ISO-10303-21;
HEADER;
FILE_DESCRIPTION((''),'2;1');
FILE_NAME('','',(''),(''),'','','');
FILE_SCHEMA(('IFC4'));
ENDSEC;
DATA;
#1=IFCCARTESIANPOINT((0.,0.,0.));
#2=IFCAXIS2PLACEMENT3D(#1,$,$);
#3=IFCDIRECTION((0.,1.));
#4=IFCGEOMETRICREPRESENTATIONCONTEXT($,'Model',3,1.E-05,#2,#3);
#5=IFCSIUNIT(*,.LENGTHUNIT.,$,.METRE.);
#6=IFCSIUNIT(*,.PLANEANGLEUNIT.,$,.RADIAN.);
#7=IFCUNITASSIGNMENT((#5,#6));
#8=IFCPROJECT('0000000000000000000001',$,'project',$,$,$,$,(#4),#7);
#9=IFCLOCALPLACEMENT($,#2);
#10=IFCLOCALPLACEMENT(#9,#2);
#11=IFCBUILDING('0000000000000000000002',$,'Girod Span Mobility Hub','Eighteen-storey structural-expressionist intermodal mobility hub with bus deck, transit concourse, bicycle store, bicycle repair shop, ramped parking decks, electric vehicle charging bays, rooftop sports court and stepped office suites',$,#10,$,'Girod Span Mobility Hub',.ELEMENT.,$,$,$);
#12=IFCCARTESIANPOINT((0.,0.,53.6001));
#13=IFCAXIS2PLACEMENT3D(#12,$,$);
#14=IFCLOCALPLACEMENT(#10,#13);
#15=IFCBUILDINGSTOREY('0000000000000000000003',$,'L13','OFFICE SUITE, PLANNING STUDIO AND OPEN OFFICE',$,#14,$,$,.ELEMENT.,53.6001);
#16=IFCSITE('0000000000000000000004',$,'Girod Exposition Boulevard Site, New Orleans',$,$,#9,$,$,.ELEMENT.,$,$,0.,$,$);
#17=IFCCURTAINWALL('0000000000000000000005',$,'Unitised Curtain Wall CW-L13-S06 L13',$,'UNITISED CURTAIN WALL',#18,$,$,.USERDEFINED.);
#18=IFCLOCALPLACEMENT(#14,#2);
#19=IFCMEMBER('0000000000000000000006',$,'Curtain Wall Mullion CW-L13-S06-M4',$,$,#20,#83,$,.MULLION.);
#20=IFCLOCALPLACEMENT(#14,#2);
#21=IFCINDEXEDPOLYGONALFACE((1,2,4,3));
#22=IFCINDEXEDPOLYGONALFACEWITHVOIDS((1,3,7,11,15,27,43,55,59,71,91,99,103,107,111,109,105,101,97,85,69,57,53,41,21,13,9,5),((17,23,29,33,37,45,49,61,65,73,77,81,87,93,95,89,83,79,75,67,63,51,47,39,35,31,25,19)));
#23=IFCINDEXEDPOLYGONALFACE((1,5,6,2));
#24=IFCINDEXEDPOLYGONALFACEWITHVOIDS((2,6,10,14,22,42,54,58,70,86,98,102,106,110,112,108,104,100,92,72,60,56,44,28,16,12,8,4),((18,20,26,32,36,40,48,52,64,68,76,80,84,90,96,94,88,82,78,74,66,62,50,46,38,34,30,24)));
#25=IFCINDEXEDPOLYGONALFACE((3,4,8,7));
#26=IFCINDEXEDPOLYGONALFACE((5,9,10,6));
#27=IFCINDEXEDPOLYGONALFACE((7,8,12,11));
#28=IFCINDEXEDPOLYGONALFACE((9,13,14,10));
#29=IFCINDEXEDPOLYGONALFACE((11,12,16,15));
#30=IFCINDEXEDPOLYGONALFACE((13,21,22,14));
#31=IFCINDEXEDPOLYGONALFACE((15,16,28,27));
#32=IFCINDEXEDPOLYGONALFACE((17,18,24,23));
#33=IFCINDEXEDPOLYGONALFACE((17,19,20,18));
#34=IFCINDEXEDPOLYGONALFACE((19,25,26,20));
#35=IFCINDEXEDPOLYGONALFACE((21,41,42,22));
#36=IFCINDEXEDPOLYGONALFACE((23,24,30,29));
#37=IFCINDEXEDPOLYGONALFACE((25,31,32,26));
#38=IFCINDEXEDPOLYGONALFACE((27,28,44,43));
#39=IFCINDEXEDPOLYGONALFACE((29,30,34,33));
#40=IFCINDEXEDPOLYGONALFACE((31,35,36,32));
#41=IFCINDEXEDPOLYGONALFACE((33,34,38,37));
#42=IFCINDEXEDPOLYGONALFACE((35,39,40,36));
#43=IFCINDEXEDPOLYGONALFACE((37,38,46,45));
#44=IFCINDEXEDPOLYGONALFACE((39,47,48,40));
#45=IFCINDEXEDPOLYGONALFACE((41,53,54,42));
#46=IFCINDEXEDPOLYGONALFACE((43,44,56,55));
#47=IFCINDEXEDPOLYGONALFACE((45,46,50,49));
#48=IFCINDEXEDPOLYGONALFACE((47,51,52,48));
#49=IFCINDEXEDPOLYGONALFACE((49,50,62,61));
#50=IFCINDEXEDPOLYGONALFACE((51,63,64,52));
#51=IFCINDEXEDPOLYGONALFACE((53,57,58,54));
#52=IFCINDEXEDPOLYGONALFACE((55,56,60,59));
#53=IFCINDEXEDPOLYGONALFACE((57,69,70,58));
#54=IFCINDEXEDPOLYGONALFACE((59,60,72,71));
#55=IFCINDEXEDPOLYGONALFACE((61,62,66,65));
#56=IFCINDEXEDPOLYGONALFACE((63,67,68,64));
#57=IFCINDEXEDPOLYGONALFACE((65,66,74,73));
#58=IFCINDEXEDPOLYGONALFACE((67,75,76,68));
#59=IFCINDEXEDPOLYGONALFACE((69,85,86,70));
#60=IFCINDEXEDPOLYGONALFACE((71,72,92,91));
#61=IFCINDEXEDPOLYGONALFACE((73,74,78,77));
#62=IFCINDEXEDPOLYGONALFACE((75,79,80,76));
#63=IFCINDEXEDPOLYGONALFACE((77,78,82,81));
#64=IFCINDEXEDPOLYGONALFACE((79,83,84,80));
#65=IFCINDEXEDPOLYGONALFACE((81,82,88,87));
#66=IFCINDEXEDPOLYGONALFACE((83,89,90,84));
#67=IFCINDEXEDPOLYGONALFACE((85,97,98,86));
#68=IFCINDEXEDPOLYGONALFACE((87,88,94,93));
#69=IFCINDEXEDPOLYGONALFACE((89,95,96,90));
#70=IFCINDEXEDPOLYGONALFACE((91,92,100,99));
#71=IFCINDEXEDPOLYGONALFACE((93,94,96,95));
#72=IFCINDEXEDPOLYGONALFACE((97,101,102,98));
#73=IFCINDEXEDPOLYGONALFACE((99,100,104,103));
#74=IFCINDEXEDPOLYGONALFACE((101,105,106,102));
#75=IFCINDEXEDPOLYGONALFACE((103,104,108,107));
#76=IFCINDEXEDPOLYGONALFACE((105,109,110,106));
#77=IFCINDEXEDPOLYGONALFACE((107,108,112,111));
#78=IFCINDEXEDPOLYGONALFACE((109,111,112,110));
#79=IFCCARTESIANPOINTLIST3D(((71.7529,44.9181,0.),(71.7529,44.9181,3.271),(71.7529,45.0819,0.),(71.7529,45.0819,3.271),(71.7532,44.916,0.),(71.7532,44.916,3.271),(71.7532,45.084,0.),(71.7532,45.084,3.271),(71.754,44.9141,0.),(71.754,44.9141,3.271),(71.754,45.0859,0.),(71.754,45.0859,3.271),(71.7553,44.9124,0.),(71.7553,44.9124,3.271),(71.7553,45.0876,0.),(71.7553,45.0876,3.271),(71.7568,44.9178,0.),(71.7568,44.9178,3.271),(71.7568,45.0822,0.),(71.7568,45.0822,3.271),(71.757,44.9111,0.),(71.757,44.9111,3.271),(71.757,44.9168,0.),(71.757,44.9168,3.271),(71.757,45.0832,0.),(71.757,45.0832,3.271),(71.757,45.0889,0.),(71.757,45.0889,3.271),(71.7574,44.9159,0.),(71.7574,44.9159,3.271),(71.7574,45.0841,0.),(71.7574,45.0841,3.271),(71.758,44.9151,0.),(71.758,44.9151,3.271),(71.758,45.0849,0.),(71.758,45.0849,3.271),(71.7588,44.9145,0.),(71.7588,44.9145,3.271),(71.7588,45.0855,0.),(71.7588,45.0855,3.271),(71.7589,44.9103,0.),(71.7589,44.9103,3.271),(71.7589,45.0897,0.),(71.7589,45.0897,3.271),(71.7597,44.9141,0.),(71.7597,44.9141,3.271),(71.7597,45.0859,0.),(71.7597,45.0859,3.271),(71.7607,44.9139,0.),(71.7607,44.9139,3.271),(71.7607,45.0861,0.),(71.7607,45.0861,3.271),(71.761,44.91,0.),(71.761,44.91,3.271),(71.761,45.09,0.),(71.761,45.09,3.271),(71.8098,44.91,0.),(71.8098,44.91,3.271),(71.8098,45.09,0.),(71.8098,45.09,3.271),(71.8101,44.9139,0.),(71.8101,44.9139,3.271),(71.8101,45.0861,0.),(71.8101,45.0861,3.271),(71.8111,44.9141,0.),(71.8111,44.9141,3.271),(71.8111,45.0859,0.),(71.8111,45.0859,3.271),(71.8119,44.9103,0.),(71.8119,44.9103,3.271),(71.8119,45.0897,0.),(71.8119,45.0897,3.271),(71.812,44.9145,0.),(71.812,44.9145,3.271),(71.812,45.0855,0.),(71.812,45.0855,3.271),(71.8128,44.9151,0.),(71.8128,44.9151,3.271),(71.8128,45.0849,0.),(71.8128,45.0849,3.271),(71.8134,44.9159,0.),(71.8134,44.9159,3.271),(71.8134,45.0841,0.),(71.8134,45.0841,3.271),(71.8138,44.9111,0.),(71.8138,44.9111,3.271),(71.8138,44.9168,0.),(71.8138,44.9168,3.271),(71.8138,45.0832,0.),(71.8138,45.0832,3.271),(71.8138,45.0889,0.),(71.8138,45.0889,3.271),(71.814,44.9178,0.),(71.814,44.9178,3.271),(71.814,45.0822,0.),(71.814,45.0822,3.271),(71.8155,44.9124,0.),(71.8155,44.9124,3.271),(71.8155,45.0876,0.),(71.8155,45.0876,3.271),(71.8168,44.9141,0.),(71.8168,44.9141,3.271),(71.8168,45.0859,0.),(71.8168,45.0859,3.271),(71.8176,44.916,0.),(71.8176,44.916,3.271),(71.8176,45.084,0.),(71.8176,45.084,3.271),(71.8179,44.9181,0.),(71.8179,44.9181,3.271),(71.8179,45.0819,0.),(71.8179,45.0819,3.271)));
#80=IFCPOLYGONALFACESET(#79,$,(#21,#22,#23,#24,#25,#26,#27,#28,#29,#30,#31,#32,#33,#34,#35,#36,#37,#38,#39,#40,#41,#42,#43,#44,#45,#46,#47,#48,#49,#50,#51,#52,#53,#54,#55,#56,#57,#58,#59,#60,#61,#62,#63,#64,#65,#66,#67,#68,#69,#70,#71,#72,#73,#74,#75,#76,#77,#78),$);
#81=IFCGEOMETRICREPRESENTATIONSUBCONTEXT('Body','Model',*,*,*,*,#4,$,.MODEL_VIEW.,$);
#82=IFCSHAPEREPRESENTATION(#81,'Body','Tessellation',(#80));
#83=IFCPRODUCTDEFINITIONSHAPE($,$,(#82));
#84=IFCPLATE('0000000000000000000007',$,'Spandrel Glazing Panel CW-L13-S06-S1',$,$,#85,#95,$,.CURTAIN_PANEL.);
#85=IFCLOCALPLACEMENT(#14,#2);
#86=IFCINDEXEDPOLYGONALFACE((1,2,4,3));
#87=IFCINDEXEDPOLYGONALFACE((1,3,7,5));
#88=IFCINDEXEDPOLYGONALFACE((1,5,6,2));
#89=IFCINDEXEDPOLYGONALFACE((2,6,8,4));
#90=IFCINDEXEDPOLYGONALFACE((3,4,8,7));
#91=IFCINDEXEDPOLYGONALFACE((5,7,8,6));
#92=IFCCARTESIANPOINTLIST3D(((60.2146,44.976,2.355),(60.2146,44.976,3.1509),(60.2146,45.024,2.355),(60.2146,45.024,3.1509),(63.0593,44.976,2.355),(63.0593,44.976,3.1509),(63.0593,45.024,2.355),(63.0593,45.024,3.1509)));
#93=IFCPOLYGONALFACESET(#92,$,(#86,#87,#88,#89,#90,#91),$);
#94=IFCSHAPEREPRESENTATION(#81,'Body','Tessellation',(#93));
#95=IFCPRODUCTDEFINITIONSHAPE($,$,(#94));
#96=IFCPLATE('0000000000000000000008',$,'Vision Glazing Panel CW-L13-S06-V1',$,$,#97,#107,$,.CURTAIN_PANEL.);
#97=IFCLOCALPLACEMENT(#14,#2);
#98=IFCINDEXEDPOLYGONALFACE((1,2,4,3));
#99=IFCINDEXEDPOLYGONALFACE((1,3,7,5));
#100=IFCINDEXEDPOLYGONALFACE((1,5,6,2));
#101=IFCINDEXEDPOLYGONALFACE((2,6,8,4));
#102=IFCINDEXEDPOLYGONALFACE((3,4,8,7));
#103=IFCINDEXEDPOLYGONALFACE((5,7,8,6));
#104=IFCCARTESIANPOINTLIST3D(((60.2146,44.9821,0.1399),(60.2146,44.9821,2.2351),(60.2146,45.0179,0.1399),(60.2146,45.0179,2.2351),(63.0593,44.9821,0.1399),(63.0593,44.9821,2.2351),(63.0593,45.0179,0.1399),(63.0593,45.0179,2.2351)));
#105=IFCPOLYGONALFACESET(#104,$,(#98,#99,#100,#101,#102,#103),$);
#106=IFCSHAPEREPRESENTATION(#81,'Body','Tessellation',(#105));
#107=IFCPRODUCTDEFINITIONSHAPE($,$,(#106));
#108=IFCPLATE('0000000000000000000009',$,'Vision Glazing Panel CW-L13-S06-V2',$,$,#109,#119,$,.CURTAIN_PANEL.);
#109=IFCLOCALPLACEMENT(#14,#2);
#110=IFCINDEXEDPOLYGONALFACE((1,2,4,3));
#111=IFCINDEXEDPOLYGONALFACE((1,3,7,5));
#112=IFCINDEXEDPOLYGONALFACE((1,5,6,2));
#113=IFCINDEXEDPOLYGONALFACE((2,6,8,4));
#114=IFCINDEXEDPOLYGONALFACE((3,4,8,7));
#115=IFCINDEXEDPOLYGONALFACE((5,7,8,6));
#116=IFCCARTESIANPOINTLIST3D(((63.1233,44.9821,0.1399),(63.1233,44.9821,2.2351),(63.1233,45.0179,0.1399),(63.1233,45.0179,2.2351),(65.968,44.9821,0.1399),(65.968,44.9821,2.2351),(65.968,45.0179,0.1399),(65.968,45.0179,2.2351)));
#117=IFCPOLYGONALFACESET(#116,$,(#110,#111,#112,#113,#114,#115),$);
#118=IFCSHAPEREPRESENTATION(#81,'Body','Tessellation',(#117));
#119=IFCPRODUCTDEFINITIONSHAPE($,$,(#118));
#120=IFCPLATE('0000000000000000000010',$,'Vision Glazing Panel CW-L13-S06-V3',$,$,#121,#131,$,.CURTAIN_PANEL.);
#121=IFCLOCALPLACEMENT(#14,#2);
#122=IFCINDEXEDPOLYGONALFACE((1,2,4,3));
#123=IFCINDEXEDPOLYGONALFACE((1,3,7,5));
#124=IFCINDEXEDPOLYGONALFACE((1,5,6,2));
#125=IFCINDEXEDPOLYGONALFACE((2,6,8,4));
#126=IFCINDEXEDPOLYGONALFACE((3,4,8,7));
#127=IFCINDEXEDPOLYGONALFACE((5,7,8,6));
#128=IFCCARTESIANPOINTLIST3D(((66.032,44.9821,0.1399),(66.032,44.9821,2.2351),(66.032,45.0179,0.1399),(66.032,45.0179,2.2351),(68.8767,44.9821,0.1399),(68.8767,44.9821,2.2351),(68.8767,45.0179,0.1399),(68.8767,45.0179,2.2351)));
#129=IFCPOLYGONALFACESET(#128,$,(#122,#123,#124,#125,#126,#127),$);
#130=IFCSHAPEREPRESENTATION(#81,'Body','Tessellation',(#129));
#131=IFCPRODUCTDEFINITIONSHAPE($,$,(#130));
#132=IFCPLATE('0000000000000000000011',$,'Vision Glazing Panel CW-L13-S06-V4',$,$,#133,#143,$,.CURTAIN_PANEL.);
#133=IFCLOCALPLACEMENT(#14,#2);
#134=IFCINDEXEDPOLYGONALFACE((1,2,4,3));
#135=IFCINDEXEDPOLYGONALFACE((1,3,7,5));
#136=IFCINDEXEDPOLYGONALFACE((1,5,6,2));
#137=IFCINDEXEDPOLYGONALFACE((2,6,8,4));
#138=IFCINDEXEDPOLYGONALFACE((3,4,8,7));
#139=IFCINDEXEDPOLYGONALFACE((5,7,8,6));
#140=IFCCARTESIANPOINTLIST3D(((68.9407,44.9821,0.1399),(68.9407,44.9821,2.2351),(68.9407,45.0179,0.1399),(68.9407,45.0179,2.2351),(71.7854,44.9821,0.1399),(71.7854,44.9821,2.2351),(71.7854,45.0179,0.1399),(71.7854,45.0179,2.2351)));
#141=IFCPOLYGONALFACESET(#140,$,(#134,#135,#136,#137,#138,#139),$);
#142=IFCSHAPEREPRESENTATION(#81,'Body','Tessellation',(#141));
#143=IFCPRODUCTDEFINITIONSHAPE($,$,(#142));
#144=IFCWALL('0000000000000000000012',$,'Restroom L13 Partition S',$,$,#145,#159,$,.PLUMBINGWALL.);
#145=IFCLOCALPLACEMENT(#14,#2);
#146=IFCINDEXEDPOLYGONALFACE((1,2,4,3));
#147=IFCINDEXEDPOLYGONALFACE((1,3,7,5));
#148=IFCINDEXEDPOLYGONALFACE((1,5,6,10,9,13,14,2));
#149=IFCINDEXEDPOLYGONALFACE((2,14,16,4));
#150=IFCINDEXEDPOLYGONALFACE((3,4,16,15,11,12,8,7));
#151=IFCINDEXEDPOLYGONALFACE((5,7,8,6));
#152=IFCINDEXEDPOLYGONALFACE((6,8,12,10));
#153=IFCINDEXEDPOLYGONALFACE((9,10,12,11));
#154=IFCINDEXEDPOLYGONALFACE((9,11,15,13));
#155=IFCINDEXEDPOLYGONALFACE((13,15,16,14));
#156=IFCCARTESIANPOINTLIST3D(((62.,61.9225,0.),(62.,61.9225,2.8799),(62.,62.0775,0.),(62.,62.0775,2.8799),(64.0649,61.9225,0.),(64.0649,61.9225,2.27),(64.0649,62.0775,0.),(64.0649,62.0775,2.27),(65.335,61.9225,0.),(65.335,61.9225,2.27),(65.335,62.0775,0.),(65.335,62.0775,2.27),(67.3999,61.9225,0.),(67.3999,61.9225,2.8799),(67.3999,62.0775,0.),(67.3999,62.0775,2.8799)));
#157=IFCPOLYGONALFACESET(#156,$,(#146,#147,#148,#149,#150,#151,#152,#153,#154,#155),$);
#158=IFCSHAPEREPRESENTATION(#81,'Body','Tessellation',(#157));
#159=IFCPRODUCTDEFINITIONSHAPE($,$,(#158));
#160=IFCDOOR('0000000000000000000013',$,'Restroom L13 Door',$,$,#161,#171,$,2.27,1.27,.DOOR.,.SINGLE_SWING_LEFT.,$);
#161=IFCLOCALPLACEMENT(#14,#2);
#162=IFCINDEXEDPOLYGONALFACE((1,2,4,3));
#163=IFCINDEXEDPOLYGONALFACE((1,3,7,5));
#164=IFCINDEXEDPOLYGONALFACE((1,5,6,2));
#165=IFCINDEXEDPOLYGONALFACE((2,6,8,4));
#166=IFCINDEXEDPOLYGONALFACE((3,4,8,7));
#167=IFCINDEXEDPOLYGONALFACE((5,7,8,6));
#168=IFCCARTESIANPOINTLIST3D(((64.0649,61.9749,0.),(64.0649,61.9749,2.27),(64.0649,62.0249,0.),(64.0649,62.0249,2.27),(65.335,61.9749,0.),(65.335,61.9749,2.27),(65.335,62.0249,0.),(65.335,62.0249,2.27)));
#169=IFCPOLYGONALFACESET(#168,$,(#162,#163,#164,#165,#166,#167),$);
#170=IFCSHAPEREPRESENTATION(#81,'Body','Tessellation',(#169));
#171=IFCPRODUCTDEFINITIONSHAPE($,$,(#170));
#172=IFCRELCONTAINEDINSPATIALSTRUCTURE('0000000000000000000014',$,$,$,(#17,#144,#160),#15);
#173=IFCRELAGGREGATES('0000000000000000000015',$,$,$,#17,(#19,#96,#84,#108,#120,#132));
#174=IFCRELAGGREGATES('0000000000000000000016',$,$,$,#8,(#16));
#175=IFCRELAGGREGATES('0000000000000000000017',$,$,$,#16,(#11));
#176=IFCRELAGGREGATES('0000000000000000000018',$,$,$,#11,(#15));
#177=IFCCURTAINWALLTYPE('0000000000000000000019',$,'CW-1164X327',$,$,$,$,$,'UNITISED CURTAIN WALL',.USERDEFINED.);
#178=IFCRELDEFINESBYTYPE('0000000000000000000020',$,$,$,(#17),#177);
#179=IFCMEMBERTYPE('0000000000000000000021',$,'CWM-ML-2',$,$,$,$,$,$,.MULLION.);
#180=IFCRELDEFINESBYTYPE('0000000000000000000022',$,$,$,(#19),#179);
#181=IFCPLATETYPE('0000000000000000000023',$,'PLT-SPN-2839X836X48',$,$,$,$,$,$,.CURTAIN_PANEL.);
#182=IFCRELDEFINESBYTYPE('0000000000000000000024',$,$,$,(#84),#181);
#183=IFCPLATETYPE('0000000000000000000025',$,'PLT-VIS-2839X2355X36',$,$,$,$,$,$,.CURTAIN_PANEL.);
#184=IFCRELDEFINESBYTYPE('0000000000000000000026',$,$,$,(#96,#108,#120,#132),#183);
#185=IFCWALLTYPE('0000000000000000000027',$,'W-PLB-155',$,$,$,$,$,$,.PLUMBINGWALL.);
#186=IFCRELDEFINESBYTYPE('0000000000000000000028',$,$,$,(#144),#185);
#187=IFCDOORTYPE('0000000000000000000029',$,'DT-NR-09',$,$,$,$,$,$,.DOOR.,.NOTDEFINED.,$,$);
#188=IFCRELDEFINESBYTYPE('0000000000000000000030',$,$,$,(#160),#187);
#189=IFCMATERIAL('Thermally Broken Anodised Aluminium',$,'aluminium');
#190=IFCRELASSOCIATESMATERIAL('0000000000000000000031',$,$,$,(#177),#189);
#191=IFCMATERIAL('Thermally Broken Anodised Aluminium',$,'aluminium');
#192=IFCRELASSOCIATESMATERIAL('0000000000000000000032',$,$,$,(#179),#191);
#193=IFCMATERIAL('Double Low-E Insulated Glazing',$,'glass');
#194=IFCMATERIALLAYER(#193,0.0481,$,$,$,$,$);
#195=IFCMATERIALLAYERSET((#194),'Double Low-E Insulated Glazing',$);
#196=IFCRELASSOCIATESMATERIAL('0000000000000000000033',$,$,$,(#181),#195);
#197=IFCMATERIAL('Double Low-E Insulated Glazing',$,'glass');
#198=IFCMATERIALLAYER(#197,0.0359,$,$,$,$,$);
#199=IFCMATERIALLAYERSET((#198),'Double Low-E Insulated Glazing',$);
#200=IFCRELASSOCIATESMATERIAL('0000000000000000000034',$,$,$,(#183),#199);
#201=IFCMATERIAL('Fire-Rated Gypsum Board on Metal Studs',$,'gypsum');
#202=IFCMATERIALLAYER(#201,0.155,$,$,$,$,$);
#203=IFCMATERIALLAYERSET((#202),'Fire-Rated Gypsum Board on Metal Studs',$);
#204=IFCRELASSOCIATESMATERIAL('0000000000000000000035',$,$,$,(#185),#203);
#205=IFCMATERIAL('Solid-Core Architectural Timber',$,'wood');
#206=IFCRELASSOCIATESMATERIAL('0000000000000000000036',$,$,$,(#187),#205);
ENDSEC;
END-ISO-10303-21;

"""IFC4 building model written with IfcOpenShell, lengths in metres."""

from ifc_helpers import new_model, si_unit, direction, frame, frame_2d, origin, origin_2d, place, context, subcontext, project, spatial, rectangle, hollow_rectangle, extrude, material, layer, layer_set, material_profile, profile_set, type_object, element, fill, aggregate, save


model = new_model("IFC4")

# Units and contexts
model_context = context("Model", 3, precision=1e-05, world=origin(), true_north=direction((0.0, 1.0)))
body_context = subcontext(model_context, "Body", "Model", "MODEL_VIEW")
ifc_project = project(units=[si_unit("LENGTHUNIT", "METRE"), si_unit("PLANEANGLEUNIT", "RADIAN")], contexts=[model_context])

# Site, building, storey
site_placement = place(None, origin())
site = spatial("IfcSite", under=ifc_project, at=site_placement, Name="Girod Exposition Boulevard Site, New Orleans", CompositionType="ELEMENT", RefElevation=0.0)
building_placement = place(site_placement, origin())
building = spatial("IfcBuilding", under=site, at=building_placement, Name="Girod Span Mobility Hub", Description="Eighteen-storey structural-expressionist intermodal mobility hub with bus deck, transit concourse, bicycle store, bicycle repair shop, ramped parking decks, electric vehicle charging bays, rooftop sports court and stepped office suites", LongName="Girod Span Mobility Hub", CompositionType="ELEMENT")
storey_placement = place(building_placement, frame((0.0, 0.0, 53.6001)))
storey = spatial("IfcBuildingStorey", under=building, at=storey_placement, Name="L13", Description="OFFICE SUITE, PLANNING STUDIO AND OPEN OFFICE", CompositionType="ELEMENT", Elevation=53.6001)

# Curtain wall, member, plates
ifc_material_1 = material(Name="Thermally Broken Anodised Aluminium", Category="aluminium")
curtain_wall_type = type_object("IfcCurtainWallType", Name="CW-1164X327", ElementType="UNITISED CURTAIN WALL", PredefinedType="USERDEFINED", material=ifc_material_1)
curtain_wall_placement = place(storey_placement, origin())
curtain_wall = element("IfcCurtainWall", 1, at=curtain_wall_placement, inside=storey, type_object=curtain_wall_type, Name="Unitised Curtain Wall CW-L13-S06 L13", ObjectType="UNITISED CURTAIN WALL", PredefinedType="USERDEFINED")
ifc_material_2 = material(Name="Thermally Broken Anodised Aluminium", Category="aluminium")
ifc_material_profile_1 = material_profile(ifc_material_2, hollow_rectangle(XDim=0.1799, YDim=0.0649, WallThickness=0.0039, InnerFilletRadius=0.0039, OuterFilletRadius=0.0081, at=origin_2d()), Name="CW-ML-65X180")
ifc_profile_set_1 = profile_set([ifc_material_profile_1], Name="Thermally Broken Anodised Aluminium")
member_type = type_object("IfcMemberType", Name="CWM-ML-2", PredefinedType="MULLION", material=ifc_profile_set_1)
member_1_placement = place(storey_placement, frame((71.7854, 45.0, 0.0), z_axis=(0.0, 0.0, 1.0), x_axis=(0.0, 1.0, 0.0)))
member_1 = element("IfcMember", 2, at=member_1_placement, type_object=member_type, Name="Curtain Wall Mullion CW-L13-S06-M4", PredefinedType="MULLION", context=body_context, shape_type="SweptSolid", body=[
    extrude(hollow_rectangle(XDim=0.1799, YDim=0.0649, WallThickness=0.0039, InnerFilletRadius=0.0039, OuterFilletRadius=0.0081, at=origin_2d()), origin(), (0.0, 0.0, 1.0), 3.271),
])
ifc_material_3 = material(Name="Double Low-E Insulated Glazing", Category="glass")
ifc_layer_1 = layer(ifc_material_3, 0.0481)
ifc_layer_set_1 = layer_set([ifc_layer_1], Name="Double Low-E Insulated Glazing")
plate_type_1 = type_object("IfcPlateType", Name="PLT-SPN-2839X836X48", PredefinedType="CURTAIN_PANEL", material=ifc_layer_set_1)
plate_1_placement = place(storey_placement, frame((61.637, 45.0, 2.355), z_axis=(0.0, 0.0, 1.0), x_axis=(1.0, 0.0, 0.0)))
plate_1 = element("IfcPlate", 3, at=plate_1_placement, type_object=plate_type_1, Name="Spandrel Glazing Panel CW-L13-S06-S1", PredefinedType="CURTAIN_PANEL", context=body_context, shape_type="SweptSolid", body=[
    extrude(rectangle(XDim=2.8447, YDim=0.0481, at=origin_2d()), origin(), (0.0, 0.0, 1.0), 0.7959),
])
ifc_material_4 = material(Name="Double Low-E Insulated Glazing", Category="glass")
ifc_layer_2 = layer(ifc_material_4, 0.0359)
ifc_layer_set_2 = layer_set([ifc_layer_2], Name="Double Low-E Insulated Glazing")
plate_type_2 = type_object("IfcPlateType", Name="PLT-VIS-2839X2355X36", PredefinedType="CURTAIN_PANEL", material=ifc_layer_set_2)
plate_2_placement = place(storey_placement, frame((61.637, 45.0, 0.1399), z_axis=(0.0, 0.0, 1.0), x_axis=(1.0, 0.0, 0.0)))
plate_2 = element("IfcPlate", 4, at=plate_2_placement, type_object=plate_type_2, Name="Vision Glazing Panel CW-L13-S06-V1", PredefinedType="CURTAIN_PANEL", context=body_context, shape_type="SweptSolid", body=[
    extrude(rectangle(XDim=2.8447, YDim=0.0359, at=origin_2d()), origin(), (0.0, 0.0, 1.0), 2.0952),
])
plate_3_placement = place(storey_placement, frame((64.5457, 45.0, 0.1399), z_axis=(0.0, 0.0, 1.0), x_axis=(1.0, 0.0, 0.0)))
plate_3 = element("IfcPlate", 5, at=plate_3_placement, type_object=plate_type_2, Name="Vision Glazing Panel CW-L13-S06-V2", PredefinedType="CURTAIN_PANEL", context=body_context, shape_type="SweptSolid", body=[
    extrude(rectangle(XDim=2.8447, YDim=0.0359, at=origin_2d()), origin(), (0.0, 0.0, 1.0), 2.0952),
])
plate_4_placement = place(storey_placement, frame((67.4543, 45.0, 0.1399), z_axis=(0.0, 0.0, 1.0), x_axis=(1.0, 0.0, 0.0)))
plate_4 = element("IfcPlate", 6, at=plate_4_placement, type_object=plate_type_2, Name="Vision Glazing Panel CW-L13-S06-V3", PredefinedType="CURTAIN_PANEL", context=body_context, shape_type="SweptSolid", body=[
    extrude(rectangle(XDim=2.8447, YDim=0.0359, at=origin_2d()), origin(), (0.0, 0.0, 1.0), 2.0952),
])
plate_5_placement = place(storey_placement, frame((70.363, 45.0, 0.1399), z_axis=(0.0, 0.0, 1.0), x_axis=(1.0, 0.0, 0.0)))
plate_5 = element("IfcPlate", 7, at=plate_5_placement, type_object=plate_type_2, Name="Vision Glazing Panel CW-L13-S06-V4", PredefinedType="CURTAIN_PANEL", context=body_context, shape_type="SweptSolid", body=[
    extrude(rectangle(XDim=2.8447, YDim=0.0359, at=origin_2d()), origin(), (0.0, 0.0, 1.0), 2.0952),
])
aggregate(curtain_wall, [member_1, plate_2, plate_1, plate_3, plate_4, plate_5])

# Wall, opening, door
ifc_material_5 = material(Name="Fire-Rated Gypsum Board on Metal Studs", Category="gypsum")
ifc_layer_3 = layer(ifc_material_5, 0.155)
ifc_layer_set_3 = layer_set([ifc_layer_3], Name="Fire-Rated Gypsum Board on Metal Studs")
wall_type_1 = type_object("IfcWallType", Name="W-PLB-155", PredefinedType="PLUMBINGWALL", material=ifc_layer_set_3)
wall_1_placement = place(storey_placement, frame((62.0, 62.0, 0.0), z_axis=(0.0, 0.0, 1.0), x_axis=(1.0, 0.0, 0.0)))
wall_1 = element("IfcWall", 8, at=wall_1_placement, inside=storey, type_object=wall_type_1, Name="Restroom L13 Partition S", PredefinedType="PLUMBINGWALL", context=body_context, shape_type="SweptSolid", body=[
    extrude(rectangle(XDim=5.3999, YDim=0.155, at=frame_2d((2.7, 0.0))), origin(), (0.0, 0.0, 1.0), 2.8799),
])
opening_1_placement = place(wall_1_placement, frame((2.0649, 0.0, 0.0)))
opening_1 = element("IfcOpeningElement", 9, at=opening_1_placement, cuts=wall_1, PredefinedType="OPENING", context=body_context, shape_type="SweptSolid", body=[
    extrude(rectangle(XDim=1.27, YDim=2.27, at=frame_2d((0.635, 1.135))), frame((0.0, 0.0925, 0.0), z_axis=(0.0, -1.0, 0.0), x_axis=(1.0, 0.0, 0.0)), (0.0, 0.0, 1.0), 0.1851),
])
ifc_material_6 = material(Name="Solid-Core Architectural Timber", Category="wood")
door_type_1 = type_object("IfcDoorType", Name="DT-NR-09", OperationType="NOTDEFINED", PredefinedType="DOOR", material=ifc_material_6)
door_1_placement = place(opening_1_placement, origin())
door_1 = element("IfcDoor", 10, at=door_1_placement, inside=storey, type_object=door_type_1, Name="Restroom L13 Door", OperationType="SINGLE_SWING_LEFT", OverallHeight=2.27, OverallWidth=1.27, PredefinedType="DOOR", context=body_context, shape_type="SweptSolid", body=[
    extrude(rectangle(XDim=1.27, YDim=2.27, at=frame_2d((0.635, 1.135))), frame((0.0, 0.0249, 0.0), z_axis=(0.0, -1.0, 0.0), x_axis=(1.0, 0.0, 0.0)), (0.0, 0.0, 1.0), 0.05),
])
fill(opening_1, door_1)

save(model, "model.ifc")
